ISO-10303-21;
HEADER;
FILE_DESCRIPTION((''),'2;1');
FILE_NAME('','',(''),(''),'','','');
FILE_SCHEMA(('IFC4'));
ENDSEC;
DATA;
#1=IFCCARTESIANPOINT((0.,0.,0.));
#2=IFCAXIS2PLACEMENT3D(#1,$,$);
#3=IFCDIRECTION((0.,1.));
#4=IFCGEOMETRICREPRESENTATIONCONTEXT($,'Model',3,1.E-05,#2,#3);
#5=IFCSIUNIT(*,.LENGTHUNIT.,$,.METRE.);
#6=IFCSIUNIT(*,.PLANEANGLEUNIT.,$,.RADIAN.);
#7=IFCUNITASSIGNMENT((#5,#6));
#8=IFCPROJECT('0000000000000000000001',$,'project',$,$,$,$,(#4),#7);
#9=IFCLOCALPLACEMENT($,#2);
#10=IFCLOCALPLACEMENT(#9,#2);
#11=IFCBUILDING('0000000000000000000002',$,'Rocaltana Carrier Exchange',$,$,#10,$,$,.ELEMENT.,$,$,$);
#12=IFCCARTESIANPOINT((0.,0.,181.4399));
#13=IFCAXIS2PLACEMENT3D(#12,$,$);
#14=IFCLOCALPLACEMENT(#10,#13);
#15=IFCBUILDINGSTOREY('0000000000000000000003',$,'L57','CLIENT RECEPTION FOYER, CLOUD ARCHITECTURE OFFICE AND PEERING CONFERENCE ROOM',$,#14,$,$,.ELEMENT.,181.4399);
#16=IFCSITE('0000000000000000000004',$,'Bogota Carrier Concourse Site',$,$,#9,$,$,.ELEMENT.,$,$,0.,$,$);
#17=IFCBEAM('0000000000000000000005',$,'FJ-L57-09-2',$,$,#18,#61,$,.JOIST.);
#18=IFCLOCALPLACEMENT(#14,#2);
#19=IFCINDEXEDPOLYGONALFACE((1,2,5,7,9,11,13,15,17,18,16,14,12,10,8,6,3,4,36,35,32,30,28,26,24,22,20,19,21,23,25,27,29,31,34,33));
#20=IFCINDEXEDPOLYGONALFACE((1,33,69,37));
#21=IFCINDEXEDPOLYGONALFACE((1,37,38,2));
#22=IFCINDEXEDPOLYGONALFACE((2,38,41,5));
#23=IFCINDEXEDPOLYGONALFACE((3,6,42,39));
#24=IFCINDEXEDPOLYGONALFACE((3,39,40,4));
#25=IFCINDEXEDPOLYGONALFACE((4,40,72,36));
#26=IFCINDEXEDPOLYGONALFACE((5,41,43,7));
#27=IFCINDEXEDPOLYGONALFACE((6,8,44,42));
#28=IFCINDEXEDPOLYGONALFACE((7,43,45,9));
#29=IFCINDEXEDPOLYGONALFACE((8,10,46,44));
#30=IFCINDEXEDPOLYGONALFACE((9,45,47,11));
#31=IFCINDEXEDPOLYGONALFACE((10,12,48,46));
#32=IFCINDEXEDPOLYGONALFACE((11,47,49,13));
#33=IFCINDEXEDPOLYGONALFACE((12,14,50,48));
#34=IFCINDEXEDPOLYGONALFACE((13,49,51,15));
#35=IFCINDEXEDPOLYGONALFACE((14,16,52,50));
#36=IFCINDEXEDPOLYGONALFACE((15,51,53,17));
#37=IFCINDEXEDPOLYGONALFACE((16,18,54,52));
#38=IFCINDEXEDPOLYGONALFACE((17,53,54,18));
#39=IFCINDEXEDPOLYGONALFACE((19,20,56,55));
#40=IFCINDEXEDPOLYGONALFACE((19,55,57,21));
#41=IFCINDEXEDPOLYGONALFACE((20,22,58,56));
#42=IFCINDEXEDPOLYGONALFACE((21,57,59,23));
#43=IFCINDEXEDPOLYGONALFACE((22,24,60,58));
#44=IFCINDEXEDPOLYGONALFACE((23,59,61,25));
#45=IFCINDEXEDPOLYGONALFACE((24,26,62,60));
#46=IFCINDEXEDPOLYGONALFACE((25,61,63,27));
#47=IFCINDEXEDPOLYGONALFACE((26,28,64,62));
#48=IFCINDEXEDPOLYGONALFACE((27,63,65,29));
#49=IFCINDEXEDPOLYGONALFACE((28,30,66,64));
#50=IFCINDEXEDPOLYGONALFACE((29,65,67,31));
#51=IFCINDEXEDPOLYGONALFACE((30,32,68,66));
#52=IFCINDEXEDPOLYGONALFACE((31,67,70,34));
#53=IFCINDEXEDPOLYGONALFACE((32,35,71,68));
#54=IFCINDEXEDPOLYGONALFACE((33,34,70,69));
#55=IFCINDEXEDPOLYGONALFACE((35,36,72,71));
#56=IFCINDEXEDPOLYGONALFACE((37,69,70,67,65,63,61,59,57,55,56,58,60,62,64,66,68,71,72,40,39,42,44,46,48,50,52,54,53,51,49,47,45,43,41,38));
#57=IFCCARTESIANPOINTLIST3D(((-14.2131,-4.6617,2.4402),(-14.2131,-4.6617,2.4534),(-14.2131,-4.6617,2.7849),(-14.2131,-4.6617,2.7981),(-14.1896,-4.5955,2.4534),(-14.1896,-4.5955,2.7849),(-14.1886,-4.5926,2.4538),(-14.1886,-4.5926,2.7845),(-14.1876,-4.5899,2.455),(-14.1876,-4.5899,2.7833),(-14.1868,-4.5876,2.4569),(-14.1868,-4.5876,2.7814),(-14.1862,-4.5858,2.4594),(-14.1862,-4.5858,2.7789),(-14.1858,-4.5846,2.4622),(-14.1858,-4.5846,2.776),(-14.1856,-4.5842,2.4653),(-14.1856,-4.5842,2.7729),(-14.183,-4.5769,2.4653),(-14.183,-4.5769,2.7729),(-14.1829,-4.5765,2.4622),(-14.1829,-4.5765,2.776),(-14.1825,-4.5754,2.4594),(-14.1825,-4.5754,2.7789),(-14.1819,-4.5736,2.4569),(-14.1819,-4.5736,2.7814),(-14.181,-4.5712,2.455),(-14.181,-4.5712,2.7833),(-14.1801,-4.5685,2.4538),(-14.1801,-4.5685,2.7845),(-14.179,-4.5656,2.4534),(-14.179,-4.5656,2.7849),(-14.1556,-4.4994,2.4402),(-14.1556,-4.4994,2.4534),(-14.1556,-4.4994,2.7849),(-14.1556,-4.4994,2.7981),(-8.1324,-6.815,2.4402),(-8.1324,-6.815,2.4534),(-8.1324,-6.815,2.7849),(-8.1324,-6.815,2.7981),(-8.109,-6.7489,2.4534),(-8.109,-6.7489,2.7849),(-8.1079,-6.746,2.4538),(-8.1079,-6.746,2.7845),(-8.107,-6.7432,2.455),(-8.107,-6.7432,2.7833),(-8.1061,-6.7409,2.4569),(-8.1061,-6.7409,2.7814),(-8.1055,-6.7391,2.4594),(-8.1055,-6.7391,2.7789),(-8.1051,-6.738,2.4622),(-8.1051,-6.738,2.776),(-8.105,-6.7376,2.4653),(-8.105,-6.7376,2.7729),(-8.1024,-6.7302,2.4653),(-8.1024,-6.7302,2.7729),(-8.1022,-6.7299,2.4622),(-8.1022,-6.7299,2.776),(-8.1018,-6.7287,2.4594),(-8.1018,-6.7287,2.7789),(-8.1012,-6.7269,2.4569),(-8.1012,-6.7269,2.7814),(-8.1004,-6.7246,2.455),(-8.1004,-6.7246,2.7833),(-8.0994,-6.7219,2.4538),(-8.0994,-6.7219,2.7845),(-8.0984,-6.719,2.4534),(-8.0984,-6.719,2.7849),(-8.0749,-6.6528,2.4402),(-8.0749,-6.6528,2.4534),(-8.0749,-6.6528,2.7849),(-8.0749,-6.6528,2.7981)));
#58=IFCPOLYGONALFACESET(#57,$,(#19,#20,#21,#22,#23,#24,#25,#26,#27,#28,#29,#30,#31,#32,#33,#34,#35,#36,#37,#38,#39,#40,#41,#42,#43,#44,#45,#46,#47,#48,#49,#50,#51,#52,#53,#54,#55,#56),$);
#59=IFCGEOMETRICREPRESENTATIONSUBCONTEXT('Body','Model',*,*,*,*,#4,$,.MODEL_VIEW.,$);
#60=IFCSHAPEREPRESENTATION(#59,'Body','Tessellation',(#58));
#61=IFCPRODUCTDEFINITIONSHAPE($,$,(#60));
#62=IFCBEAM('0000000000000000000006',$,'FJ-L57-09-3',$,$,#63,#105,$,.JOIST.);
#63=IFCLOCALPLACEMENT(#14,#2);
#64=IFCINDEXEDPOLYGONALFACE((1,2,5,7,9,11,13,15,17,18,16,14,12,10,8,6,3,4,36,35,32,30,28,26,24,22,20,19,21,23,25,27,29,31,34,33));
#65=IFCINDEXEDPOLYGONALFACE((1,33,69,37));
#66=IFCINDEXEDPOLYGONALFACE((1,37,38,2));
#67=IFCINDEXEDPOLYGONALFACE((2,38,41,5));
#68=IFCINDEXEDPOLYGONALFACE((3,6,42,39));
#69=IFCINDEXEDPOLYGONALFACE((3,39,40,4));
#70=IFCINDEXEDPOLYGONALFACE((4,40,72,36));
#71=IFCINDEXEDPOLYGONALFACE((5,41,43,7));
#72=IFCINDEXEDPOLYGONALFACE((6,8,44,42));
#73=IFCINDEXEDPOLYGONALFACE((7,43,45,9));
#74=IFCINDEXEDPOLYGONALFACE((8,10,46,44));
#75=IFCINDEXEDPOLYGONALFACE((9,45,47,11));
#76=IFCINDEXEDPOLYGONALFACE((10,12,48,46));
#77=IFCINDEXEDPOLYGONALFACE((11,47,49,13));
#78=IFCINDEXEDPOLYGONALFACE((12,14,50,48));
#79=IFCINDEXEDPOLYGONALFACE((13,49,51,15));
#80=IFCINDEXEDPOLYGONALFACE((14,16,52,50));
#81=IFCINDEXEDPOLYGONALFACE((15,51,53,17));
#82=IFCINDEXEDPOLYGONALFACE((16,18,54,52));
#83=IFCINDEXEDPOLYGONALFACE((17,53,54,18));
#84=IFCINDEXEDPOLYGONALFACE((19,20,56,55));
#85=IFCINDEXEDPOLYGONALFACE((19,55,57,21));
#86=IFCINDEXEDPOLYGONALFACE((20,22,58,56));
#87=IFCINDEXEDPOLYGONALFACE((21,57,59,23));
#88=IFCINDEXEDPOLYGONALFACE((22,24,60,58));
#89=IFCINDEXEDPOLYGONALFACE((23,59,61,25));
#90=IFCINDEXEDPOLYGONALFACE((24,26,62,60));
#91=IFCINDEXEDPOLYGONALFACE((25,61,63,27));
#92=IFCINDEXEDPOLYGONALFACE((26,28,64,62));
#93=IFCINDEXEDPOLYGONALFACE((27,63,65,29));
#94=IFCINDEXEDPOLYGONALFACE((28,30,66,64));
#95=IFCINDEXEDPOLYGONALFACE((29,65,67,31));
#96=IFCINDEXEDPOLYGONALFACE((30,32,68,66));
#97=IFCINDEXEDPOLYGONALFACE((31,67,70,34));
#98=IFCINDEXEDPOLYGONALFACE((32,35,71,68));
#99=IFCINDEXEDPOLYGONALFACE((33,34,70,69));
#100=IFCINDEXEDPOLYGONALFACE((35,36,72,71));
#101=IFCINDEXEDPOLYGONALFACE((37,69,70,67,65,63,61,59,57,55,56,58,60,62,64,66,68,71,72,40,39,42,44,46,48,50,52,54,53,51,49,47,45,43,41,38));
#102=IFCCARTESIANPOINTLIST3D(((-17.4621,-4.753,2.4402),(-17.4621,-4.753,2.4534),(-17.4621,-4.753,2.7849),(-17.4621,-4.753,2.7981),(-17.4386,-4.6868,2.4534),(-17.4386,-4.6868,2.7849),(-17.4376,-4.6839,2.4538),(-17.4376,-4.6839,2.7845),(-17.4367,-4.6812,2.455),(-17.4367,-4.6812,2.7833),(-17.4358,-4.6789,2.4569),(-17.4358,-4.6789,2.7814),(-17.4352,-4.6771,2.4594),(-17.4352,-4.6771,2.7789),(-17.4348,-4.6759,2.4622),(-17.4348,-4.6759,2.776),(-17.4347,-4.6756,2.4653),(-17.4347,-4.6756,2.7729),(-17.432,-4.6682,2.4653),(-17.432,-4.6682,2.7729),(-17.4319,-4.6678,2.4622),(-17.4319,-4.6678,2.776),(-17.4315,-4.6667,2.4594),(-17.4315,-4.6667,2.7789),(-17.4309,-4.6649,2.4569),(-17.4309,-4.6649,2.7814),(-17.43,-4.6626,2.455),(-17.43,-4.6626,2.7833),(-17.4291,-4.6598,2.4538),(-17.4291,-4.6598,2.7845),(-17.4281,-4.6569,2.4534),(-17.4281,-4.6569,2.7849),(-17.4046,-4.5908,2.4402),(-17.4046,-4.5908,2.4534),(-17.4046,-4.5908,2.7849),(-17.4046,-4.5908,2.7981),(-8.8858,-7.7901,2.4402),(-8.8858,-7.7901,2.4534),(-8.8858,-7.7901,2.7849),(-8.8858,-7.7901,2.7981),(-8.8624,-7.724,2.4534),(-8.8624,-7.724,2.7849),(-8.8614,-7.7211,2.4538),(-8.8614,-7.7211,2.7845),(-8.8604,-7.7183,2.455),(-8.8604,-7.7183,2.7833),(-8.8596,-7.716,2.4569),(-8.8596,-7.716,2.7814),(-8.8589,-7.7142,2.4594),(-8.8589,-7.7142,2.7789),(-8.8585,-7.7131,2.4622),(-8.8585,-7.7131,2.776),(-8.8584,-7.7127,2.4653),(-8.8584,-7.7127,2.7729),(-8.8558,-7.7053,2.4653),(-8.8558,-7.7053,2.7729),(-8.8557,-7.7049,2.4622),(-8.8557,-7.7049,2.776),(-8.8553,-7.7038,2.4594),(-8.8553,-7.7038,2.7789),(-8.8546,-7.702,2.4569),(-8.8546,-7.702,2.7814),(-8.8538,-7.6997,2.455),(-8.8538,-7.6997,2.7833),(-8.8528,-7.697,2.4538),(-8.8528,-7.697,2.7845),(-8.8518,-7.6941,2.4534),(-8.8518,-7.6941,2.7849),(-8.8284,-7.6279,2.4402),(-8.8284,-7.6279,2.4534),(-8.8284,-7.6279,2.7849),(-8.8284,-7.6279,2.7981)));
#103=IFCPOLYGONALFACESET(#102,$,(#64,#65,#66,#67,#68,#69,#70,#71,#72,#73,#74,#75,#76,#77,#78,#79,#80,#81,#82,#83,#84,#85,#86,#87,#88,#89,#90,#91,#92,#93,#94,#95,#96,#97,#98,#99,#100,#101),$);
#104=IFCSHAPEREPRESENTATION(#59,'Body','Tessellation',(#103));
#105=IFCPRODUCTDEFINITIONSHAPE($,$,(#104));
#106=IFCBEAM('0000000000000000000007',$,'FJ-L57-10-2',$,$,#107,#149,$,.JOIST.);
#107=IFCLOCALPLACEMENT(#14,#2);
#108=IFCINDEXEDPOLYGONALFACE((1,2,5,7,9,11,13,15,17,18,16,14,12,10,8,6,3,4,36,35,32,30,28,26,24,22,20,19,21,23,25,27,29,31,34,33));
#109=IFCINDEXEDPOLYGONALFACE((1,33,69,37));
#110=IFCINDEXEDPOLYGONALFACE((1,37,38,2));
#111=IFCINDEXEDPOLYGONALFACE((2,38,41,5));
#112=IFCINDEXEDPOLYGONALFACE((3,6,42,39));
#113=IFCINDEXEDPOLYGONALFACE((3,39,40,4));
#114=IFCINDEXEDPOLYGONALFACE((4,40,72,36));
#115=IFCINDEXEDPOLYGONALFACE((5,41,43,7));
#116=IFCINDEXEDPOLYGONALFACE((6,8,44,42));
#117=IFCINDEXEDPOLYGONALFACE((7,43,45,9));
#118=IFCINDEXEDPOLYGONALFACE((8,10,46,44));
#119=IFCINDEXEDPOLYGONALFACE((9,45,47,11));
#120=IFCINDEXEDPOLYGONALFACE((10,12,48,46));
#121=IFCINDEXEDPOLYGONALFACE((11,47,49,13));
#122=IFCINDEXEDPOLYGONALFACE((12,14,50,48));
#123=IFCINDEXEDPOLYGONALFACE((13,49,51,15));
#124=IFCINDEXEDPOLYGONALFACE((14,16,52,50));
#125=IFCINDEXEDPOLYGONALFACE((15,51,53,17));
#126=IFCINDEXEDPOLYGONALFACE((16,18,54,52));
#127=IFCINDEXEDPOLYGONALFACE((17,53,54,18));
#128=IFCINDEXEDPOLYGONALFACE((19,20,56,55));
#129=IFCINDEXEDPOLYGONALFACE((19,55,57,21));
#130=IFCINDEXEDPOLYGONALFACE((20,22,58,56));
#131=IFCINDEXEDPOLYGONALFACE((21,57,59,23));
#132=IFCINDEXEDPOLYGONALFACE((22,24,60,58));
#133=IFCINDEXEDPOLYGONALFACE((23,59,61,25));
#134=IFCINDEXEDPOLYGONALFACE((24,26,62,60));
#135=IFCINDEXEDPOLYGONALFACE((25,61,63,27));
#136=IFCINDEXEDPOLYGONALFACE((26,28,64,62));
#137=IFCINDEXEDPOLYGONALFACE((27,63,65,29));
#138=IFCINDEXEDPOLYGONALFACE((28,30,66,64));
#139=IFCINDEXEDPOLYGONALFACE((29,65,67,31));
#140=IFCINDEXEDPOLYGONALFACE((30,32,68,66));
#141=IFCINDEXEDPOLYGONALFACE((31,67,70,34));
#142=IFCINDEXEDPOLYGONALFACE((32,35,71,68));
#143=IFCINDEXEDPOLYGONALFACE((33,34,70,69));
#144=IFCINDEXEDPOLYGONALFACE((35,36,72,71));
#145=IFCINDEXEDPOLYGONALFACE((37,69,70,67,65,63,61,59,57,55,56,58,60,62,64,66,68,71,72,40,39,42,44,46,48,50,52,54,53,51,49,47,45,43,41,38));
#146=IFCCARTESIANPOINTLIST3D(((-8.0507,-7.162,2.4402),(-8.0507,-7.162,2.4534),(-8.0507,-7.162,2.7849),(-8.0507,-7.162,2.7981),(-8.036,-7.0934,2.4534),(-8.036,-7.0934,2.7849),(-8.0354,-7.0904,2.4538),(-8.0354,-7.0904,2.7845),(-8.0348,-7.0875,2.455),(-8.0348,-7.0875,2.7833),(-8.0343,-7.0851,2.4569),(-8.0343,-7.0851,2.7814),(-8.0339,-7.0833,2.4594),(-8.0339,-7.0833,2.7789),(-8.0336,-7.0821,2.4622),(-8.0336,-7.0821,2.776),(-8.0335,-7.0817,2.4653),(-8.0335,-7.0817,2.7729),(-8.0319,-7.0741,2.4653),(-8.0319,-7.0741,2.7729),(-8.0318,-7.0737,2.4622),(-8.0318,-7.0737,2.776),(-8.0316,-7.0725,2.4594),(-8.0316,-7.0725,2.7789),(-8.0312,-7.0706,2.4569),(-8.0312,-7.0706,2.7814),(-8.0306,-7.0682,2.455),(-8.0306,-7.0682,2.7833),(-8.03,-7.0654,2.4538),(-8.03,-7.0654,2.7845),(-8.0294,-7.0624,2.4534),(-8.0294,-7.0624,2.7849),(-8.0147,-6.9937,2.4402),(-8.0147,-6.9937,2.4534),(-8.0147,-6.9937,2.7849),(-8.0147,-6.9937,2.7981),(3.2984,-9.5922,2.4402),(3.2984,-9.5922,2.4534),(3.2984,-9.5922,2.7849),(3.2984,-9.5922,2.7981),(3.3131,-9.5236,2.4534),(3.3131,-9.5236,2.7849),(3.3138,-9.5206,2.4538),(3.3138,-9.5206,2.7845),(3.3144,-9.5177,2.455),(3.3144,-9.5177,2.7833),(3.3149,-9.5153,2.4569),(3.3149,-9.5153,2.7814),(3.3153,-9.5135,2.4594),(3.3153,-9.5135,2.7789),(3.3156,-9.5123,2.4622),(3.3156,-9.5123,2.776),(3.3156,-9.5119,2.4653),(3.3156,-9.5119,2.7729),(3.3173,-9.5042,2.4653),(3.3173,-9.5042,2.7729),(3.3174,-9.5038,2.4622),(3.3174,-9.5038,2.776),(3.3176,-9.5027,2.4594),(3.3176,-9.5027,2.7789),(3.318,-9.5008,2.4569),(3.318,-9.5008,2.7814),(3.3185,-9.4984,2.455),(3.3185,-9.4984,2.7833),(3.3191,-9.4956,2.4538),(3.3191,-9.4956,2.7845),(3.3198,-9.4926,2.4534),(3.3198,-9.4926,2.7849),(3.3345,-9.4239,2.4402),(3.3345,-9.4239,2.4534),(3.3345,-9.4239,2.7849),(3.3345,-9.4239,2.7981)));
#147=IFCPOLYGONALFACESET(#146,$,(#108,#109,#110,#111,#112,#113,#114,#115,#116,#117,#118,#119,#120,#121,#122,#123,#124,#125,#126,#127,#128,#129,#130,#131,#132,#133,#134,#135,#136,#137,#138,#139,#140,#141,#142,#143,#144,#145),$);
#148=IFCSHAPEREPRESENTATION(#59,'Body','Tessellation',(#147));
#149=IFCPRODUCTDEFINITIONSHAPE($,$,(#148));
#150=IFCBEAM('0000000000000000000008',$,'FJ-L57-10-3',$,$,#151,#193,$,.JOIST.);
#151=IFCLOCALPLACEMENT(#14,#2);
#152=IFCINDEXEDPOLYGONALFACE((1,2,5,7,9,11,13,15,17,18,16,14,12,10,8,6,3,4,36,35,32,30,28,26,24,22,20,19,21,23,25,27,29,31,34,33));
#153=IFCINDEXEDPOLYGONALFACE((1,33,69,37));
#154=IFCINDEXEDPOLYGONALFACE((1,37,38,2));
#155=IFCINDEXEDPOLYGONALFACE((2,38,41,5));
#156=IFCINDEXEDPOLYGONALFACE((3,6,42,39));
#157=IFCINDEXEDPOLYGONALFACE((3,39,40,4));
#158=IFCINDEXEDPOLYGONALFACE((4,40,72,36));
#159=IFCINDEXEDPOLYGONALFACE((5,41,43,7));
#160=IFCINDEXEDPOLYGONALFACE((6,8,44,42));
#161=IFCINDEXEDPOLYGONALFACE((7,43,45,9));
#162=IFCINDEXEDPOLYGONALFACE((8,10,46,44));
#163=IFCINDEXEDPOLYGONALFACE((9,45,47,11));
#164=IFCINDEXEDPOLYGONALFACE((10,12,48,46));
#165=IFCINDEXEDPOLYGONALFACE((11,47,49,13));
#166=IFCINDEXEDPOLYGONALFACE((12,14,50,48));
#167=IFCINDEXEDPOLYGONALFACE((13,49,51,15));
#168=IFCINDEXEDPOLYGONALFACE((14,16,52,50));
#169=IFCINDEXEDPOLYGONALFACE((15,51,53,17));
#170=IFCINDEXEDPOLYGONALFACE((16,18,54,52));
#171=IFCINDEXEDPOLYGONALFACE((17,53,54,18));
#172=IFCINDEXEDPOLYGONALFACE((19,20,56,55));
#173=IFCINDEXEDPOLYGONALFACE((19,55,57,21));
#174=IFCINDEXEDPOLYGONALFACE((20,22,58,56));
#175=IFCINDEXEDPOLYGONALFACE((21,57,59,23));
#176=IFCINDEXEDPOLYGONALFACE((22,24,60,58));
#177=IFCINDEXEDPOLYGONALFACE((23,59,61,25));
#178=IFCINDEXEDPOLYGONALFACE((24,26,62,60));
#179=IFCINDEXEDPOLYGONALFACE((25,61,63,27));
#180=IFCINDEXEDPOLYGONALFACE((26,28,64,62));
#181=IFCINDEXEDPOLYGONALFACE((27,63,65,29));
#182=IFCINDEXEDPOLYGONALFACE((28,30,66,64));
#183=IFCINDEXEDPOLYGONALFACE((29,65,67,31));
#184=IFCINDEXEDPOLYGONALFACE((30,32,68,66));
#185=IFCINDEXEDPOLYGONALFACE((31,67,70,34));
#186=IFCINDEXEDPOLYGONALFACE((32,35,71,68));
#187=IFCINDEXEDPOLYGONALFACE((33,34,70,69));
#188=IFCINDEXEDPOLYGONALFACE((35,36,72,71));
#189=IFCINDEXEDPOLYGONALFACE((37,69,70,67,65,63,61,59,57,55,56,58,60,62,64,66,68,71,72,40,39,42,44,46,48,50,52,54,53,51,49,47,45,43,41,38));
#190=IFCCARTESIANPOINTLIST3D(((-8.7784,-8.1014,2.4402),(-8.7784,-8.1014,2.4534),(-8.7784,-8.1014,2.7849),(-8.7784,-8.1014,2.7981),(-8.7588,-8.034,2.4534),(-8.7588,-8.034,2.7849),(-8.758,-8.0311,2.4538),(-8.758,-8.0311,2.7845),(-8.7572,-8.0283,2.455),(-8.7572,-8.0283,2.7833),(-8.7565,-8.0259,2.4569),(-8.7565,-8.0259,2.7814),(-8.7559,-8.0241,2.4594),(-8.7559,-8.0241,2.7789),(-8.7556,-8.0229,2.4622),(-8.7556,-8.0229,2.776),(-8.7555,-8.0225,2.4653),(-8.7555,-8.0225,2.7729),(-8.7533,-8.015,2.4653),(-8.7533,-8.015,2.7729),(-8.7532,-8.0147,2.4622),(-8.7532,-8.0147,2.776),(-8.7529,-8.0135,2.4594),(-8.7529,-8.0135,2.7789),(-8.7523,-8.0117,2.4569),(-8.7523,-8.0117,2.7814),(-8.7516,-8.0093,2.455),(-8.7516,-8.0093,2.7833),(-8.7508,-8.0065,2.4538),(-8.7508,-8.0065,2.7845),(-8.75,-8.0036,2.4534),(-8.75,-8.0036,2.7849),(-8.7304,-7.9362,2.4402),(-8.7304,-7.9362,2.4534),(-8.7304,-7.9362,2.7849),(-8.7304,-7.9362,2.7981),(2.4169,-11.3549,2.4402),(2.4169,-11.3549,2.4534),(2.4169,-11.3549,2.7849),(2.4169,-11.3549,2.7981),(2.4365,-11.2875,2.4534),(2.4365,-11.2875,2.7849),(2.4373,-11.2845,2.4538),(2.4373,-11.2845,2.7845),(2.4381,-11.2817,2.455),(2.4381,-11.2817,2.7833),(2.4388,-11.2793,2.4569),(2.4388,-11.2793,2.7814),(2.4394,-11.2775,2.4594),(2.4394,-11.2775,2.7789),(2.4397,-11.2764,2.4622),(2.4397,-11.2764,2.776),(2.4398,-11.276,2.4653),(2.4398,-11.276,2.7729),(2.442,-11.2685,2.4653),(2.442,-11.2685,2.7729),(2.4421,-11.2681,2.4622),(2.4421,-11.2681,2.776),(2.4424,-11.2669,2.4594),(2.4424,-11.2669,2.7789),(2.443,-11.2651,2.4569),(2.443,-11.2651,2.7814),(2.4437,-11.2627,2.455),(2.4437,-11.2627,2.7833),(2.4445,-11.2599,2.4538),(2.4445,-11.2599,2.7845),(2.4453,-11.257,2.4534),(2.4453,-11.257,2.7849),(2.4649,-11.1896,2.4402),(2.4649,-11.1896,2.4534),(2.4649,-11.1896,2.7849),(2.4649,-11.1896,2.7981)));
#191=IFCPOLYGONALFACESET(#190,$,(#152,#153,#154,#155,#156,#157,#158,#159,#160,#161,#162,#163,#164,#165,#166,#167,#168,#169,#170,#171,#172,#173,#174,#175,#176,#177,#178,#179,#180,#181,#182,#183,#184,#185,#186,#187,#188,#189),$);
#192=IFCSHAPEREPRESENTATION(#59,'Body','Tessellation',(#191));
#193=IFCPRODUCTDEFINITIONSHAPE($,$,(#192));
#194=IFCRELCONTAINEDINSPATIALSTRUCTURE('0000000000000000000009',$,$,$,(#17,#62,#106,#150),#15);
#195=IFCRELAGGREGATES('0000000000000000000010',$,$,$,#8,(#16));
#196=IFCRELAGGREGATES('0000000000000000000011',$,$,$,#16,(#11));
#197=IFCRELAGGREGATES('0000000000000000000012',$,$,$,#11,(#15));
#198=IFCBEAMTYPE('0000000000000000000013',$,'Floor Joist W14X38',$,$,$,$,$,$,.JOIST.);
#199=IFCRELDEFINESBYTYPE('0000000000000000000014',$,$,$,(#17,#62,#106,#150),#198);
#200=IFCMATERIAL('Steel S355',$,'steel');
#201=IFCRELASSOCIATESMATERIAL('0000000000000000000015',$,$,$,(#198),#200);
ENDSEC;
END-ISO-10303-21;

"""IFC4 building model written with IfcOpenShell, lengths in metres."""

from ifc_helpers import new_model, si_unit, direction, frame, origin, origin_2d, place, context, subcontext, project, spatial, i_section, extrude, material, material_profile, profile_set, type_object, element, save


model = new_model("IFC4")

# Units and contexts
model_context = context("Model", 3, precision=1e-05, world=origin(), true_north=direction((0.0, 1.0)))
body_context = subcontext(model_context, "Body", "Model", "MODEL_VIEW")
ifc_project = project(units=[si_unit("LENGTHUNIT", "METRE"), si_unit("PLANEANGLEUNIT", "RADIAN")], contexts=[model_context])

# Site, building, storey
site_placement = place(None, origin())
site = spatial("IfcSite", under=ifc_project, at=site_placement, Name="Bogota Carrier Concourse Site", CompositionType="ELEMENT", RefElevation=0.0)
building_placement = place(site_placement, origin())
building = spatial("IfcBuilding", under=site, at=building_placement, Name="Rocaltana Carrier Exchange", CompositionType="ELEMENT")
storey_placement = place(building_placement, frame((0.0, 0.0, 181.4399)))
storey = spatial("IfcBuildingStorey", under=building, at=storey_placement, Name="L57", Description="CLIENT RECEPTION FOYER, CLOUD ARCHITECTURE OFFICE AND PEERING CONFERENCE ROOM", CompositionType="ELEMENT", Elevation=181.4399)

# Beams
ifc_material_1 = material(Name="Steel S355", Category="steel")
ifc_material_profile_1 = material_profile(ifc_material_1, i_section(OverallWidth=0.1721, OverallDepth=0.3579, WebThickness=0.0078, FlangeThickness=0.0132, FilletRadius=0.012, at=origin_2d()), Name="W14X38")
ifc_profile_set_1 = profile_set([ifc_material_profile_1], Name="Steel S355")
beam_type_1 = type_object("IfcBeamType", Name="Floor Joist W14X38", PredefinedType="JOIST", material=ifc_profile_set_1)
beam_1_placement = place(storey_placement, frame((-14.1843, -4.5806, 2.6191), z_axis=(0.942638, -0.333818, 0.0), x_axis=(0.333818, 0.942638, 0.0)))
element("IfcBeam", 1, at=beam_1_placement, inside=storey, type_object=beam_type_1, Name="FJ-L57-09-2", PredefinedType="JOIST", context=body_context, shape_type="SweptSolid", body=[
    extrude(i_section(OverallWidth=0.1721, OverallDepth=0.3579, WebThickness=0.0078, FlangeThickness=0.0132, FilletRadius=0.012, at=origin_2d()), origin(), (0.0, 0.0, 1.0), 6.4507),
])
beam_2_placement = place(storey_placement, frame((-17.4333, -4.6719, 2.6191), z_axis=(0.942637, -0.333819, 0.0), x_axis=(0.333819, 0.942637, 0.0)))
element("IfcBeam", 2, at=beam_2_placement, inside=storey, type_object=beam_type_1, Name="FJ-L57-09-3", PredefinedType="JOIST", context=body_context, shape_type="SweptSolid", body=[
    extrude(i_section(OverallWidth=0.1721, OverallDepth=0.3579, WebThickness=0.0078, FlangeThickness=0.0132, FilletRadius=0.012, at=origin_2d()), origin(), (0.0, 0.0, 1.0), 9.0981),
])
beam_3_placement = place(storey_placement, frame((-8.0327, -7.0779, 2.6191), z_axis=(0.977834, -0.209383, 0.0), x_axis=(0.209383, 0.977834, 0.0)))
element("IfcBeam", 3, at=beam_3_placement, inside=storey, type_object=beam_type_1, Name="FJ-L57-10-2", PredefinedType="JOIST", context=body_context, shape_type="SweptSolid", body=[
    extrude(i_section(OverallWidth=0.1721, OverallDepth=0.3579, WebThickness=0.0078, FlangeThickness=0.0132, FilletRadius=0.012, at=origin_2d()), origin(), (0.0, 0.0, 1.0), 11.6064),
])
beam_4_placement = place(storey_placement, frame((-8.7544, -8.0188, 2.6191), z_axis=(0.960273, -0.279061, 0.0), x_axis=(0.279061, 0.960273, 0.0)))
element("IfcBeam", 4, at=beam_4_placement, inside=storey, type_object=beam_type_1, Name="FJ-L57-10-3", PredefinedType="JOIST", context=body_context, shape_type="SweptSolid", body=[
    extrude(i_section(OverallWidth=0.1721, OverallDepth=0.3579, WebThickness=0.0078, FlangeThickness=0.0132, FilletRadius=0.012, at=origin_2d()), origin(), (0.0, 0.0, 1.0), 11.6584),
])

save(model, "model.ifc")
